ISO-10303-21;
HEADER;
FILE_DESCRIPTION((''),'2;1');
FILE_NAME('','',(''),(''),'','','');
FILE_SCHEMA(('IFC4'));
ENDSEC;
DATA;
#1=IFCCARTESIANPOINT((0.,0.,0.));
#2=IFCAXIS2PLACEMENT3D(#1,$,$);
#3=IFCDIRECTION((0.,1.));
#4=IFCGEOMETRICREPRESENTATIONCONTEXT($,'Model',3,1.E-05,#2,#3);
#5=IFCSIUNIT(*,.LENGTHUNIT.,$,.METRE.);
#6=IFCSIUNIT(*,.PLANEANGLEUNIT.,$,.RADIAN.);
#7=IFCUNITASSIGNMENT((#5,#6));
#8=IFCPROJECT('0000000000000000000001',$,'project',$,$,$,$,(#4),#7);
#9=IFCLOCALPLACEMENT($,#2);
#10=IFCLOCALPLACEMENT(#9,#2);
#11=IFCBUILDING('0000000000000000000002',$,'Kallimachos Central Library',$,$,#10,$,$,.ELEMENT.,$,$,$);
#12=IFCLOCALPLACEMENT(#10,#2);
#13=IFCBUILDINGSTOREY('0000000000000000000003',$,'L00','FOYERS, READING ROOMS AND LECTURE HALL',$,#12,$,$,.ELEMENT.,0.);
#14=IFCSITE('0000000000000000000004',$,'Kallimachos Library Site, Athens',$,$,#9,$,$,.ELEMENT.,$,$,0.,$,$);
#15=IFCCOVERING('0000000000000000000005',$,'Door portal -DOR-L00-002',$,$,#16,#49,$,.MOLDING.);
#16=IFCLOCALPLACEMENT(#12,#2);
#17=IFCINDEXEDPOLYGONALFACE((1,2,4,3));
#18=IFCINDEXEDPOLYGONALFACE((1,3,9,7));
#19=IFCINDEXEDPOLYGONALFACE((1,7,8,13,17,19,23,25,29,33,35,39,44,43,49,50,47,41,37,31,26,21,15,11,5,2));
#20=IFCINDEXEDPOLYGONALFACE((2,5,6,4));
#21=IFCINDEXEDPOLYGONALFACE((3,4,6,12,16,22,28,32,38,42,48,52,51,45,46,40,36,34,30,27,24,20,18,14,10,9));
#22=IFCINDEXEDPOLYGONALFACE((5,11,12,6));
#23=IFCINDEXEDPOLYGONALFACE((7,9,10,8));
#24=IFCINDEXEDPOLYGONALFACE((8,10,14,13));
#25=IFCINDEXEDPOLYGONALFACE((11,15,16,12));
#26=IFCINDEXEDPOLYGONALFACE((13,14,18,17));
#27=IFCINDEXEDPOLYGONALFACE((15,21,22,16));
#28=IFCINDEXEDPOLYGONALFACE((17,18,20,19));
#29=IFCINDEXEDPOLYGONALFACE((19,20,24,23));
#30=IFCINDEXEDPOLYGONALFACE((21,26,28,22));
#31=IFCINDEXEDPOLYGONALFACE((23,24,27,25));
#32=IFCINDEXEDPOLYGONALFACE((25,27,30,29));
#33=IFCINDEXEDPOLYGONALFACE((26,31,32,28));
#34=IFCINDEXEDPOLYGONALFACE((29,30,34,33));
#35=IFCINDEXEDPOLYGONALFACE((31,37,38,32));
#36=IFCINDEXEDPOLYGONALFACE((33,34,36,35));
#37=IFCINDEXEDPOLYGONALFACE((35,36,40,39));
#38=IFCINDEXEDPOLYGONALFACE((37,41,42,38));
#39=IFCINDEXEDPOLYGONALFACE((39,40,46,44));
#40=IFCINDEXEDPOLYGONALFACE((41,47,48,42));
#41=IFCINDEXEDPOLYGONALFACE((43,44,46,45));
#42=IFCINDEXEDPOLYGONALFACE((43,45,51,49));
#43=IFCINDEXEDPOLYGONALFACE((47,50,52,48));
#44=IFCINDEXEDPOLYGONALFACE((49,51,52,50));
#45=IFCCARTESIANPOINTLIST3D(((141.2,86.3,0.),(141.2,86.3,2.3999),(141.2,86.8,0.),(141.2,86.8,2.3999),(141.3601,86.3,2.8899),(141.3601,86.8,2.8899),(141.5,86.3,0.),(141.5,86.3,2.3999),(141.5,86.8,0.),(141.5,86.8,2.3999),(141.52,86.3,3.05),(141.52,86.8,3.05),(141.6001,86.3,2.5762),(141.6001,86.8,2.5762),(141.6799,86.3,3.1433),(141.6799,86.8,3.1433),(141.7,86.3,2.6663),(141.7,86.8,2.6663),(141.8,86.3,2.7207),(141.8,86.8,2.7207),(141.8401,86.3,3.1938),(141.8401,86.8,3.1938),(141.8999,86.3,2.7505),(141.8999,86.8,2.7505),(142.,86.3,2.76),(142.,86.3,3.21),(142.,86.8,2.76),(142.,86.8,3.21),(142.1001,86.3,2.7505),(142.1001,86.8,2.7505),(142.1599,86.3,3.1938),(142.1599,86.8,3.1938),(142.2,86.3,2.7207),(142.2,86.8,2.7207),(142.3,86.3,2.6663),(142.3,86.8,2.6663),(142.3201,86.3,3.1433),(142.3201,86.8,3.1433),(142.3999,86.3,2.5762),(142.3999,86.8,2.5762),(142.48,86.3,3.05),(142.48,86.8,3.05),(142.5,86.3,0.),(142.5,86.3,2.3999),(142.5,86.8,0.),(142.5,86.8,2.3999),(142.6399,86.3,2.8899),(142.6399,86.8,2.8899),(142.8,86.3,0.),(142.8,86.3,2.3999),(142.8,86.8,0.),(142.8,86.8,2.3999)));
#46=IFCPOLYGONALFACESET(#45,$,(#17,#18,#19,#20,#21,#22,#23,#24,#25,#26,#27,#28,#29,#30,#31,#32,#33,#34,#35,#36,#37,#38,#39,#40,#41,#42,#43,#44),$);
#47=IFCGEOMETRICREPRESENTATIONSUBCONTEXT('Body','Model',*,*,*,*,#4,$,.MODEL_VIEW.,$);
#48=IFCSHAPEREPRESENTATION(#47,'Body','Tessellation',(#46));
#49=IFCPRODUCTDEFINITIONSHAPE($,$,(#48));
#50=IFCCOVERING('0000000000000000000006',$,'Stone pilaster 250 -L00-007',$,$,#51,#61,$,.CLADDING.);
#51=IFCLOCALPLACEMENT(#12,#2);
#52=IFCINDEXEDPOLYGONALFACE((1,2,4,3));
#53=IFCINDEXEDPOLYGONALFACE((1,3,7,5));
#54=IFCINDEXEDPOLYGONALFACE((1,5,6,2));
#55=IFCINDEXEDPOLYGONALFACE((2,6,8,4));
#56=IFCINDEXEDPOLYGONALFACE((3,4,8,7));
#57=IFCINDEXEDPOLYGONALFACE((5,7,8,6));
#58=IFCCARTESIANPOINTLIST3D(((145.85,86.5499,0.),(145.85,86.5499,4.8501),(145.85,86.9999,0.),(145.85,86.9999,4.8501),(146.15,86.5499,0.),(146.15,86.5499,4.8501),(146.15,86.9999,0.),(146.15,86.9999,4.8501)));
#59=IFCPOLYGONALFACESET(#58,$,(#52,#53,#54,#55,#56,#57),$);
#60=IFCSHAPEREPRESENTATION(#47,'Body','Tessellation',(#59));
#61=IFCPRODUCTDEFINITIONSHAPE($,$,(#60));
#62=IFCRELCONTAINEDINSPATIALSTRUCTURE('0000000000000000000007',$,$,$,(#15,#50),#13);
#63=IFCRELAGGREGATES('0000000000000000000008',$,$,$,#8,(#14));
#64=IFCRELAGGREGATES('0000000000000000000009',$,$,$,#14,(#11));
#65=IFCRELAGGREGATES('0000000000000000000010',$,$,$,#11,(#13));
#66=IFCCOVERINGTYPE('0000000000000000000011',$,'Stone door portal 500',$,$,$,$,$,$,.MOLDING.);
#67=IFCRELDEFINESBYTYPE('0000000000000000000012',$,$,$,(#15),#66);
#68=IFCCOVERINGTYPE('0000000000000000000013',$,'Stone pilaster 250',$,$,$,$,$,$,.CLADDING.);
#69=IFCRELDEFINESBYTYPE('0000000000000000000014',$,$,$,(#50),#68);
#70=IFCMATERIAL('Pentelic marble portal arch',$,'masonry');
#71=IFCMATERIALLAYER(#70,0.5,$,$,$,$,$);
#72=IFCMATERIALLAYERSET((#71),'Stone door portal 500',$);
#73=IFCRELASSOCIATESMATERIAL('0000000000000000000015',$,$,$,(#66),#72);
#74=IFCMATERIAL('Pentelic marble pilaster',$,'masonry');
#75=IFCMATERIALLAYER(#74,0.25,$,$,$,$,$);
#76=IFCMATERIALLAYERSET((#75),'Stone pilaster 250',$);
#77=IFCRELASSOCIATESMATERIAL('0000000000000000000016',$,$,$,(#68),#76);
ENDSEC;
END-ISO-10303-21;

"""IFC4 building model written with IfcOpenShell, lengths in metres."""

from ifc_helpers import new_model, si_unit, direction, frame, origin, origin_2d, place, context, subcontext, project, spatial, polyline, rectangle, outline, extrude, material, layer, layer_set, type_object, element, save


model = new_model("IFC4")

# Units and contexts
model_context = context("Model", 3, precision=1e-05, world=origin(), true_north=direction((0.0, 1.0)))
body_context = subcontext(model_context, "Body", "Model", "MODEL_VIEW")
ifc_project = project(units=[si_unit("LENGTHUNIT", "METRE"), si_unit("PLANEANGLEUNIT", "RADIAN")], contexts=[model_context])

# Site, building, storey
site_placement = place(None, origin())
site = spatial("IfcSite", under=ifc_project, at=site_placement, Name="Kallimachos Library Site, Athens", CompositionType="ELEMENT", RefElevation=0.0)
building_placement = place(site_placement, origin())
building = spatial("IfcBuilding", under=site, at=building_placement, Name="Kallimachos Central Library", CompositionType="ELEMENT")
storey_placement = place(building_placement, origin())
storey = spatial("IfcBuildingStorey", under=building, at=storey_placement, Name="L00", Description="FOYERS, READING ROOMS AND LECTURE HALL", CompositionType="ELEMENT", Elevation=0.0)

# Coverings
ifc_material_1 = material(Name="Pentelic marble portal arch", Category="masonry")
ifc_layer_1 = layer(ifc_material_1, 0.5)
ifc_layer_set_1 = layer_set([ifc_layer_1], Name="Stone door portal 500")
covering_type_1 = type_object("IfcCoveringType", Name="Stone door portal 500", PredefinedType="MOLDING", material=ifc_layer_set_1)
covering_1_placement = place(storey_placement, frame((141.5, 86.3, 0.0), z_axis=(0.0, -1.0, 0.0), x_axis=(0.0, 0.0, 1.0)))
element("IfcCovering", 1, at=covering_1_placement, inside=storey, type_object=covering_type_1, Name="Door portal -DOR-L00-002", PredefinedType="MOLDING", context=body_context, shape_type="SweptSolid", body=[
    extrude(outline(polyline([(0.0, 0.0), (2.3999, 0.0), (2.5762, -0.1001), (2.6663, -0.2), (2.7207, -0.3), (2.7505, -0.3999), (2.76, -0.5), (2.7505, -0.6001), (2.7207, -0.7), (2.6663, -0.8), (2.5762, -0.8999), (2.3999, -1.0), (0.0, -1.0), (0.0, -1.3), (2.3999, -1.3), (2.8899, -1.1399), (3.05, -0.98), (3.1433, -0.8201), (3.1938, -0.6599), (3.21, -0.5), (3.1938, -0.3401), (3.1433, -0.1799), (3.05, -0.02), (2.8899, 0.1399), (2.3999, 0.3), (0.0, 0.3), (0.0, 0.0)])), origin(), (0.0, 0.0, -1.0), 0.5),
])
ifc_material_2 = material(Name="Pentelic marble pilaster", Category="masonry")
ifc_layer_2 = layer(ifc_material_2, 0.25)
ifc_layer_set_2 = layer_set([ifc_layer_2], Name="Stone pilaster 250")
covering_type_2 = type_object("IfcCoveringType", Name="Stone pilaster 250", PredefinedType="CLADDING", material=ifc_layer_set_2)
covering_2_placement = place(storey_placement, frame((146.0, 86.7749, 0.0), z_axis=(0.0, 0.0, 1.0), x_axis=(1.0, 0.0, 0.0)))
element("IfcCovering", 2, at=covering_2_placement, inside=storey, type_object=covering_type_2, Name="Stone pilaster 250 -L00-007", PredefinedType="CLADDING", context=body_context, shape_type="SweptSolid", body=[
    extrude(rectangle(XDim=0.3, YDim=0.45, at=origin_2d()), origin(), (0.0, 0.0, 1.0), 4.8501),
])

save(model, "model.ifc")
